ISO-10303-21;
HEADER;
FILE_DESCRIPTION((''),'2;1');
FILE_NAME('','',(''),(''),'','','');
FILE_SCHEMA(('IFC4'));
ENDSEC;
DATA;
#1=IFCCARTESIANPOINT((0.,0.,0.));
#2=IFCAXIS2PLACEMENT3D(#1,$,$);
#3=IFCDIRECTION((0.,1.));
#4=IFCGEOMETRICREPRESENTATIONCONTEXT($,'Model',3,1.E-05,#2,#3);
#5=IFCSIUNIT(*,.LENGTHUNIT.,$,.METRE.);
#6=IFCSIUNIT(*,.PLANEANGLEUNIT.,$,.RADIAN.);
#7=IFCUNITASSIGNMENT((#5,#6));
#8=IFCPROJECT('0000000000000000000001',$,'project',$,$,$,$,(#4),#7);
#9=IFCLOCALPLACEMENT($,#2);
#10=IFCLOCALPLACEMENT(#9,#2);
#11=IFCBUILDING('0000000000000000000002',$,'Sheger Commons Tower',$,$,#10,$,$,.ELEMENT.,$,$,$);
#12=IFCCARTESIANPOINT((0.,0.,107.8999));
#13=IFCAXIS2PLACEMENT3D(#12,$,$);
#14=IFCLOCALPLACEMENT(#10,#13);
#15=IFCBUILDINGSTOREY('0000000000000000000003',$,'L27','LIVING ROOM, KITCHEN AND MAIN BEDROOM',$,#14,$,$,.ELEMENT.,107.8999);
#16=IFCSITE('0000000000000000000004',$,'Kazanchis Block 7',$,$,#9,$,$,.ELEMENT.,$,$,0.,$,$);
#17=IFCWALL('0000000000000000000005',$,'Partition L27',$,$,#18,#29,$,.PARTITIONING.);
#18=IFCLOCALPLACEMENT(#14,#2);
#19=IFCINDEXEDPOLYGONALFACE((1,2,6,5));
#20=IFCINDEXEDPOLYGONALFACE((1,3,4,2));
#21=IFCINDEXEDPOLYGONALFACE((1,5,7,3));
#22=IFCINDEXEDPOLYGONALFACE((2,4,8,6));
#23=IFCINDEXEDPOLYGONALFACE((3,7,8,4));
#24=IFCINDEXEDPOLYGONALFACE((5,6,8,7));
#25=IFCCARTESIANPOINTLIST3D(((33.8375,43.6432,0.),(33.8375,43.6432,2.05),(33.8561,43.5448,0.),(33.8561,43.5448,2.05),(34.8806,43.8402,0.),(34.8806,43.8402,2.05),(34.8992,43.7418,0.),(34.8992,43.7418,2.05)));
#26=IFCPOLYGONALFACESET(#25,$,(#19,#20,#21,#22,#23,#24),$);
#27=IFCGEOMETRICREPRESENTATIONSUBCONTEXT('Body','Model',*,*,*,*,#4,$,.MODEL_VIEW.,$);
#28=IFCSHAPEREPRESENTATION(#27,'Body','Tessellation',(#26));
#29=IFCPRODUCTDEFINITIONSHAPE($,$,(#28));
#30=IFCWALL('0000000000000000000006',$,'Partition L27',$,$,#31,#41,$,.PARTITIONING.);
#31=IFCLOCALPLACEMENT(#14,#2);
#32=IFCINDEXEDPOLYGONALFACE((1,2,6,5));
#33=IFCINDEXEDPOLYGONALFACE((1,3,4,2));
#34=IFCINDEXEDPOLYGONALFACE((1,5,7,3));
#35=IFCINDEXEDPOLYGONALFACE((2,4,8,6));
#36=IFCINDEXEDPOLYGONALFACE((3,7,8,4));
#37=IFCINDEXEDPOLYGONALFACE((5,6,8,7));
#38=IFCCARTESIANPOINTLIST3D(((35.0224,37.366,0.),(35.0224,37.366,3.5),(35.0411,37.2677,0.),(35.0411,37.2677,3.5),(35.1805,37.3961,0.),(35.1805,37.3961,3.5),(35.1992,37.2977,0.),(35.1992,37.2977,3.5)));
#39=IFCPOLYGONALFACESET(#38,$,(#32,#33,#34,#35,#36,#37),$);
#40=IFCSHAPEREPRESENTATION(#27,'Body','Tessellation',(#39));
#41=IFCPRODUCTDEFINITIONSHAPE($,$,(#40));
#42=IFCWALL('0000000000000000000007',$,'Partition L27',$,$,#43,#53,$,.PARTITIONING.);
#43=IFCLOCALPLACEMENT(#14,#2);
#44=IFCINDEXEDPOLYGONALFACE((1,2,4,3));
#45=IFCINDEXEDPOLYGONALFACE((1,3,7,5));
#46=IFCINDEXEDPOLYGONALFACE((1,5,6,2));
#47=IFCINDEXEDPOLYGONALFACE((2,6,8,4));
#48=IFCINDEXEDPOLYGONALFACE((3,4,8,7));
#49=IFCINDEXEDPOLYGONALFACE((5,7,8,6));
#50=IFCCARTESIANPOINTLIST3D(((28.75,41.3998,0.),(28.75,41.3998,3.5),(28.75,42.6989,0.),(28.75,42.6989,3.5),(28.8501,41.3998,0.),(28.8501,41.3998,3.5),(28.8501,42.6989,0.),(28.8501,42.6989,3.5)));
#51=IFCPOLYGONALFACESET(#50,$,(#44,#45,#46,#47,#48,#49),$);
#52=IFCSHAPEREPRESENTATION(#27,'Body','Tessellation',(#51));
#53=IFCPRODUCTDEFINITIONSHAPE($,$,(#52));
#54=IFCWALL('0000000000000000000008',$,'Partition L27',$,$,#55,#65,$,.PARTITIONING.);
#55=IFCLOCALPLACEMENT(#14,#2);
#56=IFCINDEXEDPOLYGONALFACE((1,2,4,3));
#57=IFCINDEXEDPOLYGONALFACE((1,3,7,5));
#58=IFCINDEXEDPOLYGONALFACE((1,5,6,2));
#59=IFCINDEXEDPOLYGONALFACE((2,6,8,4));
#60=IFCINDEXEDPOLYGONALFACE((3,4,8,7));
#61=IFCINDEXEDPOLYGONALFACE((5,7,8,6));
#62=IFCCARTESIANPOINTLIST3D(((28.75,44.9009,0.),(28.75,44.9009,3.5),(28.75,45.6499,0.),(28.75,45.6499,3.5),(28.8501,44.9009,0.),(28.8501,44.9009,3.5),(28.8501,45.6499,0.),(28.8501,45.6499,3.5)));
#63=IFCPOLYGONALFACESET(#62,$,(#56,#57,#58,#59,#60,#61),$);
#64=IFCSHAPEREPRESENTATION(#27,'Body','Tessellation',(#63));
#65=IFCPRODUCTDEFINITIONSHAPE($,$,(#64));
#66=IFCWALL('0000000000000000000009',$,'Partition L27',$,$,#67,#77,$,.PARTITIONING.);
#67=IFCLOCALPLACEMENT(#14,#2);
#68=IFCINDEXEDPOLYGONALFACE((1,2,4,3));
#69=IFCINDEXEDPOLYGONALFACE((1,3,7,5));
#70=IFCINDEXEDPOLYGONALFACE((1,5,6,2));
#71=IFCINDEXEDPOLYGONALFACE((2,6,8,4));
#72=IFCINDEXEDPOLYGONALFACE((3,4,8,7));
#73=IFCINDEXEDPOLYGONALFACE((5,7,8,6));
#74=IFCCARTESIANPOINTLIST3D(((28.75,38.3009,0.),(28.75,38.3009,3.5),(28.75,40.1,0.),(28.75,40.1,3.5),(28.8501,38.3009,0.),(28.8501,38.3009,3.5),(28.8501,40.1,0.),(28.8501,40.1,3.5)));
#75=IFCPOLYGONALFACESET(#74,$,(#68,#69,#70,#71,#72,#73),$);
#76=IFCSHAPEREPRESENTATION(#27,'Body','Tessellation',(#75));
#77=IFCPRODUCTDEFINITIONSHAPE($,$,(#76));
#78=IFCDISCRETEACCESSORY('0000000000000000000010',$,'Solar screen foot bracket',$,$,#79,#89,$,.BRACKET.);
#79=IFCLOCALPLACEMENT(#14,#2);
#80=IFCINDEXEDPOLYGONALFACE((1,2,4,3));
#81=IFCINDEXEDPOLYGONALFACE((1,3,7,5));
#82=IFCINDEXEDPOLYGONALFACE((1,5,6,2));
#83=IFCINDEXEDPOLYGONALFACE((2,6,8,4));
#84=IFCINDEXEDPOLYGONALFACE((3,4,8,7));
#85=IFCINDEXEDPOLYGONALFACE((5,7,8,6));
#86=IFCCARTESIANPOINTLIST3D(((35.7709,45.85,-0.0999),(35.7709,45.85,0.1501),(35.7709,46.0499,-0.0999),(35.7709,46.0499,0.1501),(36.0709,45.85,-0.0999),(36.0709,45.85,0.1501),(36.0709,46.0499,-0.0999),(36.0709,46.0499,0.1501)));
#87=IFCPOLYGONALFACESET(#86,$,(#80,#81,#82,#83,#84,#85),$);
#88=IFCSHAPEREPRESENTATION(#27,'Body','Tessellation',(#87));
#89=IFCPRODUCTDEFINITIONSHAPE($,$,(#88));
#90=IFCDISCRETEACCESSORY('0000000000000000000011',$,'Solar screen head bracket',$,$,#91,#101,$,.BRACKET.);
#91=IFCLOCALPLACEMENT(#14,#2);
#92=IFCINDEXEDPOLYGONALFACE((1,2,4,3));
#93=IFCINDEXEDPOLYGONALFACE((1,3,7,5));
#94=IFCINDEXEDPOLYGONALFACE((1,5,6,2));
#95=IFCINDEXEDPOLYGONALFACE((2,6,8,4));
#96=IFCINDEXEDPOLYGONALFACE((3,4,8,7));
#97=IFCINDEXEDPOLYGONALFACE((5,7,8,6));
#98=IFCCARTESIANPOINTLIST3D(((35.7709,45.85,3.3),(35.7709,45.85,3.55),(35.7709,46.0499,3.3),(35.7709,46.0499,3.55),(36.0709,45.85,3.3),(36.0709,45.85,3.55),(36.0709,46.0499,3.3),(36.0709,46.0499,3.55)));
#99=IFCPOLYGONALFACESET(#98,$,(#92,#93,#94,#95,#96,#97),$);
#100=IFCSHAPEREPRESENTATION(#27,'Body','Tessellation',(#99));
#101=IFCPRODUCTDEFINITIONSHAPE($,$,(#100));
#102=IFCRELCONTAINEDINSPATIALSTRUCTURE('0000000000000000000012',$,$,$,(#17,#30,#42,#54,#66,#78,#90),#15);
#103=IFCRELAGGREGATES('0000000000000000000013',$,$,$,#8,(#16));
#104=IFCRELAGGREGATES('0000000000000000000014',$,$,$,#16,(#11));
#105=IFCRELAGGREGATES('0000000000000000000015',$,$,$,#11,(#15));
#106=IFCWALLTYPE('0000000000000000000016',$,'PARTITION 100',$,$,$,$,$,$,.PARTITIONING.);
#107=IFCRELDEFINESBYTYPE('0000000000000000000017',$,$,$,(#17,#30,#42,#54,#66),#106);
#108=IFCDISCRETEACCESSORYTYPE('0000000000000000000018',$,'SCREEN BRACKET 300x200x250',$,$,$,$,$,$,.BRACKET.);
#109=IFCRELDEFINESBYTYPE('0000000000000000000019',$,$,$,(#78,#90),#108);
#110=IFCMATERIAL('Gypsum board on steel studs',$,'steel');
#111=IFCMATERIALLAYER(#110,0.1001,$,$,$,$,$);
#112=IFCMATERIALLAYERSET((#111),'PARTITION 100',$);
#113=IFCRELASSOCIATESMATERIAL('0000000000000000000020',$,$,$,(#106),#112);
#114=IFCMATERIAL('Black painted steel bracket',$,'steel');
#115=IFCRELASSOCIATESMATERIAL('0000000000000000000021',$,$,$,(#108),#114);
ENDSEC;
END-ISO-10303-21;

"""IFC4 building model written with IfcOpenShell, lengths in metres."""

from ifc_helpers import new_model, si_unit, direction, frame, frame_2d, origin, origin_2d, place, context, subcontext, project, spatial, rectangle, extrude, material, layer, layer_set, type_object, element, save


model = new_model("IFC4")

# Units and contexts
model_context = context("Model", 3, precision=1e-05, world=origin(), true_north=direction((0.0, 1.0)))
body_context = subcontext(model_context, "Body", "Model", "MODEL_VIEW")
ifc_project = project(units=[si_unit("LENGTHUNIT", "METRE"), si_unit("PLANEANGLEUNIT", "RADIAN")], contexts=[model_context])

# Site, building, storey
site_placement = place(None, origin())
site = spatial("IfcSite", under=ifc_project, at=site_placement, Name="Kazanchis Block 7", CompositionType="ELEMENT", RefElevation=0.0)
building_placement = place(site_placement, origin())
building = spatial("IfcBuilding", under=site, at=building_placement, Name="Sheger Commons Tower", CompositionType="ELEMENT")
storey_placement = place(building_placement, frame((0.0, 0.0, 107.8999)))
storey = spatial("IfcBuildingStorey", under=building, at=storey_placement, Name="L27", Description="LIVING ROOM, KITCHEN AND MAIN BEDROOM", CompositionType="ELEMENT", Elevation=107.8999)

# Walls
ifc_material_1 = material(Name="Gypsum board on steel studs", Category="steel")
ifc_layer_1 = layer(ifc_material_1, 0.1001)
ifc_layer_set_1 = layer_set([ifc_layer_1], Name="PARTITION 100")
wall_type_1 = type_object("IfcWallType", Name="PARTITION 100", PredefinedType="PARTITIONING", material=ifc_layer_set_1)
wall_1_placement = place(storey_placement, frame((34.8899, 43.791, 0.0), z_axis=(0.0, 0.0, 1.0), x_axis=(-0.982621, -0.185622, 0.0)))
element("IfcWall", 1, at=wall_1_placement, inside=storey, type_object=wall_type_1, Name="Partition L27", PredefinedType="PARTITIONING", context=body_context, shape_type="SweptSolid", body=[
    extrude(rectangle(XDim=1.0615, YDim=0.1001, at=frame_2d((0.5308, 0.0))), origin(), (0.0, 0.0, 1.0), 2.05),
])
wall_2_placement = place(storey_placement, frame((35.1899, 37.3469, 0.0), z_axis=(0.0, 0.0, 1.0), x_axis=(-0.982405, -0.186763, 0.0)))
element("IfcWall", 2, at=wall_2_placement, inside=storey, type_object=wall_type_1, Name="Partition L27", PredefinedType="PARTITIONING", context=body_context, shape_type="SweptSolid", body=[
    extrude(rectangle(XDim=0.1609, YDim=0.1001, at=frame_2d((0.0806, 0.0))), origin(), (0.0, 0.0, 1.0), 3.5),
])
wall_3_placement = place(storey_placement, frame((28.8, 41.3999, 0.0), z_axis=(0.0, 0.0, 1.0), x_axis=(0.0, 1.0, 0.0)))
element("IfcWall", 3, at=wall_3_placement, inside=storey, type_object=wall_type_1, Name="Partition L27", PredefinedType="PARTITIONING", context=body_context, shape_type="SweptSolid", body=[
    extrude(rectangle(XDim=1.2991, YDim=0.1001, at=frame_2d((0.6494, 0.0))), origin(), (0.0, 0.0, 1.0), 3.5),
])
wall_4_placement = place(storey_placement, frame((28.8, 44.9009, 0.0), z_axis=(0.0, 0.0, 1.0), x_axis=(0.0, 1.0, 0.0)))
element("IfcWall", 4, at=wall_4_placement, inside=storey, type_object=wall_type_1, Name="Partition L27", PredefinedType="PARTITIONING", context=body_context, shape_type="SweptSolid", body=[
    extrude(rectangle(XDim=0.749, YDim=0.1001, at=frame_2d((0.3745, 0.0))), origin(), (0.0, 0.0, 1.0), 3.5),
])
wall_5_placement = place(storey_placement, frame((28.8, 38.301, 0.0), z_axis=(0.0, 0.0, 1.0), x_axis=(0.0, 1.0, 0.0)))
element("IfcWall", 5, at=wall_5_placement, inside=storey, type_object=wall_type_1, Name="Partition L27", PredefinedType="PARTITIONING", context=body_context, shape_type="SweptSolid", body=[
    extrude(rectangle(XDim=1.7991, YDim=0.1001, at=frame_2d((0.8994, 0.0))), origin(), (0.0, 0.0, 1.0), 3.5),
])

# Discrete accessories
ifc_material_2 = material(Name="Black painted steel bracket", Category="steel")
discrete_accessory_type = type_object("IfcDiscreteAccessoryType", Name="SCREEN BRACKET 300x200x250", PredefinedType="BRACKET", material=ifc_material_2)
for number, where, z_axis, x_axis, name in (
    (6, (35.9209, 45.95, -0.0999), (0.0, 0.0, 1.0), (-1.0, 0.0, 0.0), "Solar screen foot bracket"),
    (7, (35.9209, 45.95, 3.3), (0.0, 0.0, 1.0), (-1.0, 0.0, 0.0), "Solar screen head bracket"),
):
    element("IfcDiscreteAccessory", number, at=place(storey_placement, frame(where, z_axis=z_axis, x_axis=x_axis)), inside=storey, type_object=discrete_accessory_type, Name=name, PredefinedType="BRACKET", context=body_context, shape_type="SweptSolid", body=[
        extrude(rectangle(XDim=0.3, YDim=0.2, at=origin_2d()), origin(), (0.0, 0.0, 1.0), 0.25),
    ])

save(model, "model.ifc")
